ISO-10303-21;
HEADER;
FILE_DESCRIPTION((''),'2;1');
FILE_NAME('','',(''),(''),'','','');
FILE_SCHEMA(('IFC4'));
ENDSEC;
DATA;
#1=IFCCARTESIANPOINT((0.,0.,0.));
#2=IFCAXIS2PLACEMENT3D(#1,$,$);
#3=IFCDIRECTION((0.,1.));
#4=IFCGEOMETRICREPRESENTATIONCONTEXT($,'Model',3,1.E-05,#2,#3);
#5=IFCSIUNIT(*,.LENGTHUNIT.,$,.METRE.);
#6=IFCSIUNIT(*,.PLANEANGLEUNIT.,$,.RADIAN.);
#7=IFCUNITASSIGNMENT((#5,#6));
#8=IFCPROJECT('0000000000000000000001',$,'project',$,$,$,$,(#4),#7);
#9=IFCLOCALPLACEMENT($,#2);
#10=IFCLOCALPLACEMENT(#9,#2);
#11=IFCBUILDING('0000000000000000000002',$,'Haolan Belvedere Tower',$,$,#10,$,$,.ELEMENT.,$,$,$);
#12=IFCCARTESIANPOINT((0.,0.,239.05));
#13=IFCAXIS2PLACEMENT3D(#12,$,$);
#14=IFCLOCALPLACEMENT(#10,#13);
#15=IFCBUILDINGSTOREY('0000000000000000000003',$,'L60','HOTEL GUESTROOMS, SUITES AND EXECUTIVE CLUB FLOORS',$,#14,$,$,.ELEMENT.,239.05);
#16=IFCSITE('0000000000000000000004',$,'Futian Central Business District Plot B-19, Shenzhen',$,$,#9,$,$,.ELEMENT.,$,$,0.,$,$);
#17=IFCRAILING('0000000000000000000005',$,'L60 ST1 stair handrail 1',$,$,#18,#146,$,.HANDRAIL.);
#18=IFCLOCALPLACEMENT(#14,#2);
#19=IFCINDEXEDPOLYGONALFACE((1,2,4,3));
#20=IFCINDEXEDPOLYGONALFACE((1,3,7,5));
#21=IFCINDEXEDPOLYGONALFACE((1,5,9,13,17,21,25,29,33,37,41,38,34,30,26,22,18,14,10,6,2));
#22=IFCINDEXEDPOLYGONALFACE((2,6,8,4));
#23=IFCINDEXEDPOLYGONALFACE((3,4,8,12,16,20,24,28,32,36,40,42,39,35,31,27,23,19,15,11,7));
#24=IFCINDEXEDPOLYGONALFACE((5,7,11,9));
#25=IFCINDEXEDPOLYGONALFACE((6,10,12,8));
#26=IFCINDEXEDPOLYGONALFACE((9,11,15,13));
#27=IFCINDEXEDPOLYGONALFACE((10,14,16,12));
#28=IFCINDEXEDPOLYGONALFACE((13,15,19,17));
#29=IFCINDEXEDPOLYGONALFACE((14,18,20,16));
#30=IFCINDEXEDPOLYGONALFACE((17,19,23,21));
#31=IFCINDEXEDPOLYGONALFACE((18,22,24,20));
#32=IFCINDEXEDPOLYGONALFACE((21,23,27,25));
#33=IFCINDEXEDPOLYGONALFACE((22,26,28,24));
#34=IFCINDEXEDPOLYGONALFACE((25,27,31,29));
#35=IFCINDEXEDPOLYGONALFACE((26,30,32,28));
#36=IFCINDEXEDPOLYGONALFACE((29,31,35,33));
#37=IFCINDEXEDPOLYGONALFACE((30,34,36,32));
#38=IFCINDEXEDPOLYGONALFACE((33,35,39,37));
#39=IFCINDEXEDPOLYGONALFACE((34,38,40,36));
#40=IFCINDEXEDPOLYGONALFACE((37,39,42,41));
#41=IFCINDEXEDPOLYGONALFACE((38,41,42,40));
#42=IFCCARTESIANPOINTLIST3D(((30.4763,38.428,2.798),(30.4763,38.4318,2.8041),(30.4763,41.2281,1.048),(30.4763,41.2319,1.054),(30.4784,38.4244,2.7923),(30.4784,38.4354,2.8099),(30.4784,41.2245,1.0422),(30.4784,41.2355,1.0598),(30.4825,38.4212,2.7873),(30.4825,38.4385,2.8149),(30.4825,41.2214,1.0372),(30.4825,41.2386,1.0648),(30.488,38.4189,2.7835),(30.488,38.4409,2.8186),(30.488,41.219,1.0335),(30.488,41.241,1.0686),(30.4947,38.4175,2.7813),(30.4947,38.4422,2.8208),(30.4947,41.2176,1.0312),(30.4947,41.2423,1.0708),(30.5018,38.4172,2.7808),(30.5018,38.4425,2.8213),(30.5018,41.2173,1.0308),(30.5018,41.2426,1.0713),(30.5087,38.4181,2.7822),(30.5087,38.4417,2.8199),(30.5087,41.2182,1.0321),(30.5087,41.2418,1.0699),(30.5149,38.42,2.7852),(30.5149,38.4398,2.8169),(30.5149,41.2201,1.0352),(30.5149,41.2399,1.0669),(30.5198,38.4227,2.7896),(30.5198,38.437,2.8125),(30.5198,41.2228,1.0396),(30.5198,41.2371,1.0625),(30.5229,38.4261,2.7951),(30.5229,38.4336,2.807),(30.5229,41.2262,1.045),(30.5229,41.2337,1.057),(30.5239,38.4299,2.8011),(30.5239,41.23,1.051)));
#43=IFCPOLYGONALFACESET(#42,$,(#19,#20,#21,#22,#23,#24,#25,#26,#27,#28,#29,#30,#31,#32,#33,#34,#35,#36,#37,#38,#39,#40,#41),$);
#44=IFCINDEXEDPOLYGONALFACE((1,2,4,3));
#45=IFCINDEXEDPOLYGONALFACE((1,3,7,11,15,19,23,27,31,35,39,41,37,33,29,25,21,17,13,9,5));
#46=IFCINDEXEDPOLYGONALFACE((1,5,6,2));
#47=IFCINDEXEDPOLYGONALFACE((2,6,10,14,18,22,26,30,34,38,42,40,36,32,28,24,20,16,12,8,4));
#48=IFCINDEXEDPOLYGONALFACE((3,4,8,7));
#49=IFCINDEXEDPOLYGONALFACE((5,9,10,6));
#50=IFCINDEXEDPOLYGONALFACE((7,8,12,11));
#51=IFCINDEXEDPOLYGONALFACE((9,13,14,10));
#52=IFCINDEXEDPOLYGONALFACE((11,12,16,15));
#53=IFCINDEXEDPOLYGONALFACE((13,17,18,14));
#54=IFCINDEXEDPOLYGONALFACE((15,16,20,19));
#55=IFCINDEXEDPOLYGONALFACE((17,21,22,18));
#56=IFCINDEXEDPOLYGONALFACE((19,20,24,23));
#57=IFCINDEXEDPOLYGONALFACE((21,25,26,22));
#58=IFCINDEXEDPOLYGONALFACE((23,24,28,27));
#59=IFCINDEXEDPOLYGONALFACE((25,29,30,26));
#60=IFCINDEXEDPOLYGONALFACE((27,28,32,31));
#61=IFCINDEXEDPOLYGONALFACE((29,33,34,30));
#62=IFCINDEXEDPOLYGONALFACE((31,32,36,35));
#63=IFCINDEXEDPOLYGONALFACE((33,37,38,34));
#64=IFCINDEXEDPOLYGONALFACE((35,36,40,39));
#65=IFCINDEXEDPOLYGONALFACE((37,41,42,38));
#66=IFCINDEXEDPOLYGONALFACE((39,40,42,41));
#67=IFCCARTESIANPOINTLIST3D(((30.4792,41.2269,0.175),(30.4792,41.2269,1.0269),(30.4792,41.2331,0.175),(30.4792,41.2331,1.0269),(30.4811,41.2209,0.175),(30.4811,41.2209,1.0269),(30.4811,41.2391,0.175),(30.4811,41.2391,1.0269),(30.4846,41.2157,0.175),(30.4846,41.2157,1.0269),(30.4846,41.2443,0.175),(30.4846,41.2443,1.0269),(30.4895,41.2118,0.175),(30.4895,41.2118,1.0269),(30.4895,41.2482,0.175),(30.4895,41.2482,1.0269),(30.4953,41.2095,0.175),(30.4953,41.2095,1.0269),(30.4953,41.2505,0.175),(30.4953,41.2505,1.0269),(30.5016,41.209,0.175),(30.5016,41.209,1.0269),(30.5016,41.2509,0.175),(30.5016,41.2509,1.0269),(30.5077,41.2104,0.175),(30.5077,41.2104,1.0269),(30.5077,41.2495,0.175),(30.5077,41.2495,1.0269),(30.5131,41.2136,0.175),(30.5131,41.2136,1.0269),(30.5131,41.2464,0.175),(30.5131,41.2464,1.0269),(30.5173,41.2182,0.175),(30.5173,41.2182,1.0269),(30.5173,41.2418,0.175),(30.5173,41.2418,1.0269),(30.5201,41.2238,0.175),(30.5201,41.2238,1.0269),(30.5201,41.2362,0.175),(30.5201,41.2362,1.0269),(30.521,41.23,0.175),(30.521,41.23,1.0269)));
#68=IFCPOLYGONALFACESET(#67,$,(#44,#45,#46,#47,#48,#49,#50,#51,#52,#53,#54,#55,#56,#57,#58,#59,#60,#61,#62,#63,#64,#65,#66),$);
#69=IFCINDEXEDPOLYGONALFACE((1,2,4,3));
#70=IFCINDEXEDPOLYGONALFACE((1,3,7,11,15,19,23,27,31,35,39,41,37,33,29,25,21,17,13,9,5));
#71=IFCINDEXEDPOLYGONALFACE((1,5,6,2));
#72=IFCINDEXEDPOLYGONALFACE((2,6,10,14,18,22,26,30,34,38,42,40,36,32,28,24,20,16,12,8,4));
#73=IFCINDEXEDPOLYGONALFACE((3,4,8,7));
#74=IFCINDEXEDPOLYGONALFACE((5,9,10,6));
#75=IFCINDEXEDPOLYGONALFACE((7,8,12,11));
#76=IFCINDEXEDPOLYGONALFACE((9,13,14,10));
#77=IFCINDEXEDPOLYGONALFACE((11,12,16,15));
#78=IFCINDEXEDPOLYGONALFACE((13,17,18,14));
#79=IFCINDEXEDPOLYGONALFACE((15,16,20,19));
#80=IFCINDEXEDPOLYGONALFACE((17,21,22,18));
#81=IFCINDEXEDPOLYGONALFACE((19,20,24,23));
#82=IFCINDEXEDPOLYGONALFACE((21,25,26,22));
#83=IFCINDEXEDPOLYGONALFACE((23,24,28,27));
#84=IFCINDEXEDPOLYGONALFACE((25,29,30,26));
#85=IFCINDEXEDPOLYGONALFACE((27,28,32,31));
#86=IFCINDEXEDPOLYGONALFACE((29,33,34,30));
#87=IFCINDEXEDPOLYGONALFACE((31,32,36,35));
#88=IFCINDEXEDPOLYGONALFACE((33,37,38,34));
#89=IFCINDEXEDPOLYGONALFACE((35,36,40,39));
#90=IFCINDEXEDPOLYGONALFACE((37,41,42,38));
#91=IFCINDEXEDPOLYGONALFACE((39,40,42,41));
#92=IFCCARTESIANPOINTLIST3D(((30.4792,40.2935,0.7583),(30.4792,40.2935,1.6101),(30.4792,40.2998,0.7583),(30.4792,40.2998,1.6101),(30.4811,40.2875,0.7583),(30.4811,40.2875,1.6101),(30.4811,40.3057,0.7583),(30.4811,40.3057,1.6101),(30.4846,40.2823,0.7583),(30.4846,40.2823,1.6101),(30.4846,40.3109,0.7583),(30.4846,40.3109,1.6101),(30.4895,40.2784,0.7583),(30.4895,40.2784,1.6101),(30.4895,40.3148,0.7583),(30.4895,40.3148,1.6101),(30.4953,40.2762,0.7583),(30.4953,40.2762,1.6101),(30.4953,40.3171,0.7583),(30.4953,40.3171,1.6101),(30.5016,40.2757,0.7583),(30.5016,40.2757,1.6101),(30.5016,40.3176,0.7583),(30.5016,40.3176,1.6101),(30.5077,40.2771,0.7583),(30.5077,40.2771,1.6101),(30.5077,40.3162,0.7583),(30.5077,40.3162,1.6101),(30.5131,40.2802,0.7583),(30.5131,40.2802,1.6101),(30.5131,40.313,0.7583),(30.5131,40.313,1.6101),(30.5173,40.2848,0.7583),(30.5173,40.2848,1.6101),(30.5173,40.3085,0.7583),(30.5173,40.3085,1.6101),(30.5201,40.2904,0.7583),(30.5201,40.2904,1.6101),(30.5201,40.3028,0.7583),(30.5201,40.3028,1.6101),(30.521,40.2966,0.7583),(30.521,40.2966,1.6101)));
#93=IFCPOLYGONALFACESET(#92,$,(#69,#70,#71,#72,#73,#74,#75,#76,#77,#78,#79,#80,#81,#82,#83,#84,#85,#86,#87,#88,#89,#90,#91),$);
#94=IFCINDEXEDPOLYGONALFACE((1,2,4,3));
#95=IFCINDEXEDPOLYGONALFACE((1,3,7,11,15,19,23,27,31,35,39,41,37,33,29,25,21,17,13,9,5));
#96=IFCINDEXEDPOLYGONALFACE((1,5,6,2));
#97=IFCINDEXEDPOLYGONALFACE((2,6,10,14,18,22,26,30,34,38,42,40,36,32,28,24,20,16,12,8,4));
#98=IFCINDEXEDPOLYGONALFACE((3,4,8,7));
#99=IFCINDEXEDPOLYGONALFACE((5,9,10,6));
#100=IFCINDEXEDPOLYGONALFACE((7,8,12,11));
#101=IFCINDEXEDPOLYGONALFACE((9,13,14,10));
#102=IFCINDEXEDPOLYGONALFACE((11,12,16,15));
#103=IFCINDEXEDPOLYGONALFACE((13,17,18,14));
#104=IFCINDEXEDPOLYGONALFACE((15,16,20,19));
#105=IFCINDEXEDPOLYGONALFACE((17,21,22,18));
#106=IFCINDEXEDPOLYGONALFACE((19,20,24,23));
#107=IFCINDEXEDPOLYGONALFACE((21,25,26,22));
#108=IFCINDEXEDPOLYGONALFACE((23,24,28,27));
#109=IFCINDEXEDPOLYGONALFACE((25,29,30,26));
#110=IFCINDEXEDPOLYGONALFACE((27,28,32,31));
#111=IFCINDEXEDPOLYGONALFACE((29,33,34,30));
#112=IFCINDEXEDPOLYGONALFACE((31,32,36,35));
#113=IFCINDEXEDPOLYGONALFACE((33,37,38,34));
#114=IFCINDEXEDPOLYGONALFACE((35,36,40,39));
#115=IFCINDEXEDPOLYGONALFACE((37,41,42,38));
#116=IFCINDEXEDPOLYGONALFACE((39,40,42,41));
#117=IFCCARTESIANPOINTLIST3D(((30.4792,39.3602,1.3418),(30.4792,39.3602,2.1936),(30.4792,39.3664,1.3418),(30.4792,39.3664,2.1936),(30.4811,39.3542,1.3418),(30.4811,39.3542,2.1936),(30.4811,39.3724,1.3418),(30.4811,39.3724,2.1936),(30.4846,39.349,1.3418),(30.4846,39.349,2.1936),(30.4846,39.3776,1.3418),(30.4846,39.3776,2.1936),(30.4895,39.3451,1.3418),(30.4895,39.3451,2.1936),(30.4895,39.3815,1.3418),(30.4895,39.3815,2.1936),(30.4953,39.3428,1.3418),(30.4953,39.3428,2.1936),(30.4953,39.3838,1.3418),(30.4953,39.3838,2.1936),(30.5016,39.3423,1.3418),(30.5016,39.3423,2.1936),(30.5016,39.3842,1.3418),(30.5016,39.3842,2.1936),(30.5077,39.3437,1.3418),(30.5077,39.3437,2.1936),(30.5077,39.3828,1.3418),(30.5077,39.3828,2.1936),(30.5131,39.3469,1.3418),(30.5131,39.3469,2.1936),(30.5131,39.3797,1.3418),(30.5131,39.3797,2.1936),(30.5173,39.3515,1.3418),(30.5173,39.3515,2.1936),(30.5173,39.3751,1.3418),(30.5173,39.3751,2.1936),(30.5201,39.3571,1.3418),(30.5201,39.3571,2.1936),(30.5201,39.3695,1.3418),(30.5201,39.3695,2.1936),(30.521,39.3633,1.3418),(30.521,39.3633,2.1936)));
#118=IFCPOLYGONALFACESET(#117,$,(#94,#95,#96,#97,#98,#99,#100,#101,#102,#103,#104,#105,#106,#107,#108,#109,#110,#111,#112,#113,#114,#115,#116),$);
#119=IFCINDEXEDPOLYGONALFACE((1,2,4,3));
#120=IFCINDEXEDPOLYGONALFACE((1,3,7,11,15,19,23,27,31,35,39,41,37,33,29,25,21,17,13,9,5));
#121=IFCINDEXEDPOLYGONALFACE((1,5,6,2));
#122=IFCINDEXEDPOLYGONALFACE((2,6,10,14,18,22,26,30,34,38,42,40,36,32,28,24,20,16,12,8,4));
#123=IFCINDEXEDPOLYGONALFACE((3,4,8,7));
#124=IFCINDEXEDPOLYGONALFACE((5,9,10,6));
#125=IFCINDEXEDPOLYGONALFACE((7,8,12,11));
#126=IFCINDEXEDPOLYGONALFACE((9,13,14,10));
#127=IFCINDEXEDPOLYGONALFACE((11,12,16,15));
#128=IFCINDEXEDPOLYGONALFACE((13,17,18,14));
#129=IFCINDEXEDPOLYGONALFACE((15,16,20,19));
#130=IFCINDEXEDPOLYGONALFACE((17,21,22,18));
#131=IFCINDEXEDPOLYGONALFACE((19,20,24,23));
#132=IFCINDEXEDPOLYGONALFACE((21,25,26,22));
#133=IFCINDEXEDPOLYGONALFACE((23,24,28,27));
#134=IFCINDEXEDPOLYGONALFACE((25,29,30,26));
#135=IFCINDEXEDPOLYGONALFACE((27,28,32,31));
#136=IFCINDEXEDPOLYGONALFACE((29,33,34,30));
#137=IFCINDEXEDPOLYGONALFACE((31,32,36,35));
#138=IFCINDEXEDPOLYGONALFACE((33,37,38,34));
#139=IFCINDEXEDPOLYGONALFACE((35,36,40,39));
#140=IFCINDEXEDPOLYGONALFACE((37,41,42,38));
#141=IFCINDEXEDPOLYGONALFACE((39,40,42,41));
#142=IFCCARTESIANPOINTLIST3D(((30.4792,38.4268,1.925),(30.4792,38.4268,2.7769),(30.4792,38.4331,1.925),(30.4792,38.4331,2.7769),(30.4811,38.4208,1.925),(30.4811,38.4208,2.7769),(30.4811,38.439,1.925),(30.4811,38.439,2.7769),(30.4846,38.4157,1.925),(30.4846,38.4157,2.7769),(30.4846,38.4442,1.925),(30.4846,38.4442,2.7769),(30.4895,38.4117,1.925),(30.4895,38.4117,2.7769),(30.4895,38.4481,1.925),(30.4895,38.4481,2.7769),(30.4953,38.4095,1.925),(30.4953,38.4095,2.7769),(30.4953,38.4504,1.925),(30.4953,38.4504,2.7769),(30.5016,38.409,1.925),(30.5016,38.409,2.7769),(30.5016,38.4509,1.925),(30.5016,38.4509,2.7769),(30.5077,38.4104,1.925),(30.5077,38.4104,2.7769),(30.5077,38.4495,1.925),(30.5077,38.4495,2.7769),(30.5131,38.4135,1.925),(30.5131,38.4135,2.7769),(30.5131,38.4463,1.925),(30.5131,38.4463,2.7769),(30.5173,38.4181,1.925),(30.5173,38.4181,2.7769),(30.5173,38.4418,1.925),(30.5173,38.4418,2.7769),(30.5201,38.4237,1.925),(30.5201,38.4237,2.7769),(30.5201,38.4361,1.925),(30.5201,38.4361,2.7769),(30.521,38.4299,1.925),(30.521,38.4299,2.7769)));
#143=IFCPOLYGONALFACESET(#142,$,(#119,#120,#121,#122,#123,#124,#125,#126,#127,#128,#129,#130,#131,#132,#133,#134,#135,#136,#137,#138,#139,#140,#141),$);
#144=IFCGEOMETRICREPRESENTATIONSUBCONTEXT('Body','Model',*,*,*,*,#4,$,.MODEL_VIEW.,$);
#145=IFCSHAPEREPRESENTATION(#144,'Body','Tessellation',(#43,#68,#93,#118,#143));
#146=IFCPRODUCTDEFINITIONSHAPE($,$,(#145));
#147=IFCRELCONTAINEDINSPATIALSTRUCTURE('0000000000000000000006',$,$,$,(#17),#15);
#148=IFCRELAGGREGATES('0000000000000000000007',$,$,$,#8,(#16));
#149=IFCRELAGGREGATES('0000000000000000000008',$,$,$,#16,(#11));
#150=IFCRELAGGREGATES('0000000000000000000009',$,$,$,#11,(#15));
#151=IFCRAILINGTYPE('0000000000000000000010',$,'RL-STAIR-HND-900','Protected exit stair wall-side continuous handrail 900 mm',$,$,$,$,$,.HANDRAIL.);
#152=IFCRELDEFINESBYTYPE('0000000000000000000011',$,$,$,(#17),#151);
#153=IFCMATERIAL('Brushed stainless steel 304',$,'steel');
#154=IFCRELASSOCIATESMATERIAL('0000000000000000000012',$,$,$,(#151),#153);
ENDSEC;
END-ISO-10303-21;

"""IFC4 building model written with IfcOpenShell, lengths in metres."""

from ifc_helpers import new_model, si_unit, direction, frame, origin, origin_2d, place, context, subcontext, project, spatial, circle, extrude, material, type_object, element, save


model = new_model("IFC4")

# Units and contexts
model_context = context("Model", 3, precision=1e-05, world=origin(), true_north=direction((0.0, 1.0)))
body_context = subcontext(model_context, "Body", "Model", "MODEL_VIEW")
ifc_project = project(units=[si_unit("LENGTHUNIT", "METRE"), si_unit("PLANEANGLEUNIT", "RADIAN")], contexts=[model_context])

# Site, building, storey
site_placement = place(None, origin())
site = spatial("IfcSite", under=ifc_project, at=site_placement, Name="Futian Central Business District Plot B-19, Shenzhen", CompositionType="ELEMENT", RefElevation=0.0)
building_placement = place(site_placement, origin())
building = spatial("IfcBuilding", under=site, at=building_placement, Name="Haolan Belvedere Tower", CompositionType="ELEMENT")
storey_placement = place(building_placement, frame((0.0, 0.0, 239.05)))
storey = spatial("IfcBuildingStorey", under=building, at=storey_placement, Name="L60", Description="HOTEL GUESTROOMS, SUITES AND EXECUTIVE CLUB FLOORS", CompositionType="ELEMENT", Elevation=239.05)

# Railing
ifc_material_1 = material(Name="Brushed stainless steel 304", Category="steel")
railing_type_1 = type_object("IfcRailingType", Name="RL-STAIR-HND-900", Description="Protected exit stair wall-side continuous handrail 900 mm", PredefinedType="HANDRAIL", material=ifc_material_1)
railing_1_placement = place(storey_placement, frame((30.5, 41.23, 0.175)))
element("IfcRailing", 1, at=railing_1_placement, inside=storey, type_object=railing_type_1, Name="L60 ST1 stair handrail 1", PredefinedType="HANDRAIL", context=body_context, shape_type="SweptSolid", body=[
    extrude(circle(Radius=0.0239, at=origin_2d()), frame((0.0, 0.0, 0.876), z_axis=(0.0, -0.848002, 0.529992), x_axis=(1.0, 0.0, 0.0)), (0.0, 0.0, 1.0), 3.302),
    extrude(circle(Radius=0.021, at=origin_2d()), origin(), (0.0, 0.0, 1.0), 0.8518),
    extrude(circle(Radius=0.021, at=origin_2d()), frame((0.0, -0.9333, 0.5833)), (0.0, 0.0, 1.0), 0.8518),
    extrude(circle(Radius=0.021, at=origin_2d()), frame((0.0, -1.8667, 1.1667)), (0.0, 0.0, 1.0), 0.8518),
    extrude(circle(Radius=0.021, at=origin_2d()), frame((0.0, -2.8, 1.75)), (0.0, 0.0, 1.0), 0.8518),
])

save(model, "model.ifc")
